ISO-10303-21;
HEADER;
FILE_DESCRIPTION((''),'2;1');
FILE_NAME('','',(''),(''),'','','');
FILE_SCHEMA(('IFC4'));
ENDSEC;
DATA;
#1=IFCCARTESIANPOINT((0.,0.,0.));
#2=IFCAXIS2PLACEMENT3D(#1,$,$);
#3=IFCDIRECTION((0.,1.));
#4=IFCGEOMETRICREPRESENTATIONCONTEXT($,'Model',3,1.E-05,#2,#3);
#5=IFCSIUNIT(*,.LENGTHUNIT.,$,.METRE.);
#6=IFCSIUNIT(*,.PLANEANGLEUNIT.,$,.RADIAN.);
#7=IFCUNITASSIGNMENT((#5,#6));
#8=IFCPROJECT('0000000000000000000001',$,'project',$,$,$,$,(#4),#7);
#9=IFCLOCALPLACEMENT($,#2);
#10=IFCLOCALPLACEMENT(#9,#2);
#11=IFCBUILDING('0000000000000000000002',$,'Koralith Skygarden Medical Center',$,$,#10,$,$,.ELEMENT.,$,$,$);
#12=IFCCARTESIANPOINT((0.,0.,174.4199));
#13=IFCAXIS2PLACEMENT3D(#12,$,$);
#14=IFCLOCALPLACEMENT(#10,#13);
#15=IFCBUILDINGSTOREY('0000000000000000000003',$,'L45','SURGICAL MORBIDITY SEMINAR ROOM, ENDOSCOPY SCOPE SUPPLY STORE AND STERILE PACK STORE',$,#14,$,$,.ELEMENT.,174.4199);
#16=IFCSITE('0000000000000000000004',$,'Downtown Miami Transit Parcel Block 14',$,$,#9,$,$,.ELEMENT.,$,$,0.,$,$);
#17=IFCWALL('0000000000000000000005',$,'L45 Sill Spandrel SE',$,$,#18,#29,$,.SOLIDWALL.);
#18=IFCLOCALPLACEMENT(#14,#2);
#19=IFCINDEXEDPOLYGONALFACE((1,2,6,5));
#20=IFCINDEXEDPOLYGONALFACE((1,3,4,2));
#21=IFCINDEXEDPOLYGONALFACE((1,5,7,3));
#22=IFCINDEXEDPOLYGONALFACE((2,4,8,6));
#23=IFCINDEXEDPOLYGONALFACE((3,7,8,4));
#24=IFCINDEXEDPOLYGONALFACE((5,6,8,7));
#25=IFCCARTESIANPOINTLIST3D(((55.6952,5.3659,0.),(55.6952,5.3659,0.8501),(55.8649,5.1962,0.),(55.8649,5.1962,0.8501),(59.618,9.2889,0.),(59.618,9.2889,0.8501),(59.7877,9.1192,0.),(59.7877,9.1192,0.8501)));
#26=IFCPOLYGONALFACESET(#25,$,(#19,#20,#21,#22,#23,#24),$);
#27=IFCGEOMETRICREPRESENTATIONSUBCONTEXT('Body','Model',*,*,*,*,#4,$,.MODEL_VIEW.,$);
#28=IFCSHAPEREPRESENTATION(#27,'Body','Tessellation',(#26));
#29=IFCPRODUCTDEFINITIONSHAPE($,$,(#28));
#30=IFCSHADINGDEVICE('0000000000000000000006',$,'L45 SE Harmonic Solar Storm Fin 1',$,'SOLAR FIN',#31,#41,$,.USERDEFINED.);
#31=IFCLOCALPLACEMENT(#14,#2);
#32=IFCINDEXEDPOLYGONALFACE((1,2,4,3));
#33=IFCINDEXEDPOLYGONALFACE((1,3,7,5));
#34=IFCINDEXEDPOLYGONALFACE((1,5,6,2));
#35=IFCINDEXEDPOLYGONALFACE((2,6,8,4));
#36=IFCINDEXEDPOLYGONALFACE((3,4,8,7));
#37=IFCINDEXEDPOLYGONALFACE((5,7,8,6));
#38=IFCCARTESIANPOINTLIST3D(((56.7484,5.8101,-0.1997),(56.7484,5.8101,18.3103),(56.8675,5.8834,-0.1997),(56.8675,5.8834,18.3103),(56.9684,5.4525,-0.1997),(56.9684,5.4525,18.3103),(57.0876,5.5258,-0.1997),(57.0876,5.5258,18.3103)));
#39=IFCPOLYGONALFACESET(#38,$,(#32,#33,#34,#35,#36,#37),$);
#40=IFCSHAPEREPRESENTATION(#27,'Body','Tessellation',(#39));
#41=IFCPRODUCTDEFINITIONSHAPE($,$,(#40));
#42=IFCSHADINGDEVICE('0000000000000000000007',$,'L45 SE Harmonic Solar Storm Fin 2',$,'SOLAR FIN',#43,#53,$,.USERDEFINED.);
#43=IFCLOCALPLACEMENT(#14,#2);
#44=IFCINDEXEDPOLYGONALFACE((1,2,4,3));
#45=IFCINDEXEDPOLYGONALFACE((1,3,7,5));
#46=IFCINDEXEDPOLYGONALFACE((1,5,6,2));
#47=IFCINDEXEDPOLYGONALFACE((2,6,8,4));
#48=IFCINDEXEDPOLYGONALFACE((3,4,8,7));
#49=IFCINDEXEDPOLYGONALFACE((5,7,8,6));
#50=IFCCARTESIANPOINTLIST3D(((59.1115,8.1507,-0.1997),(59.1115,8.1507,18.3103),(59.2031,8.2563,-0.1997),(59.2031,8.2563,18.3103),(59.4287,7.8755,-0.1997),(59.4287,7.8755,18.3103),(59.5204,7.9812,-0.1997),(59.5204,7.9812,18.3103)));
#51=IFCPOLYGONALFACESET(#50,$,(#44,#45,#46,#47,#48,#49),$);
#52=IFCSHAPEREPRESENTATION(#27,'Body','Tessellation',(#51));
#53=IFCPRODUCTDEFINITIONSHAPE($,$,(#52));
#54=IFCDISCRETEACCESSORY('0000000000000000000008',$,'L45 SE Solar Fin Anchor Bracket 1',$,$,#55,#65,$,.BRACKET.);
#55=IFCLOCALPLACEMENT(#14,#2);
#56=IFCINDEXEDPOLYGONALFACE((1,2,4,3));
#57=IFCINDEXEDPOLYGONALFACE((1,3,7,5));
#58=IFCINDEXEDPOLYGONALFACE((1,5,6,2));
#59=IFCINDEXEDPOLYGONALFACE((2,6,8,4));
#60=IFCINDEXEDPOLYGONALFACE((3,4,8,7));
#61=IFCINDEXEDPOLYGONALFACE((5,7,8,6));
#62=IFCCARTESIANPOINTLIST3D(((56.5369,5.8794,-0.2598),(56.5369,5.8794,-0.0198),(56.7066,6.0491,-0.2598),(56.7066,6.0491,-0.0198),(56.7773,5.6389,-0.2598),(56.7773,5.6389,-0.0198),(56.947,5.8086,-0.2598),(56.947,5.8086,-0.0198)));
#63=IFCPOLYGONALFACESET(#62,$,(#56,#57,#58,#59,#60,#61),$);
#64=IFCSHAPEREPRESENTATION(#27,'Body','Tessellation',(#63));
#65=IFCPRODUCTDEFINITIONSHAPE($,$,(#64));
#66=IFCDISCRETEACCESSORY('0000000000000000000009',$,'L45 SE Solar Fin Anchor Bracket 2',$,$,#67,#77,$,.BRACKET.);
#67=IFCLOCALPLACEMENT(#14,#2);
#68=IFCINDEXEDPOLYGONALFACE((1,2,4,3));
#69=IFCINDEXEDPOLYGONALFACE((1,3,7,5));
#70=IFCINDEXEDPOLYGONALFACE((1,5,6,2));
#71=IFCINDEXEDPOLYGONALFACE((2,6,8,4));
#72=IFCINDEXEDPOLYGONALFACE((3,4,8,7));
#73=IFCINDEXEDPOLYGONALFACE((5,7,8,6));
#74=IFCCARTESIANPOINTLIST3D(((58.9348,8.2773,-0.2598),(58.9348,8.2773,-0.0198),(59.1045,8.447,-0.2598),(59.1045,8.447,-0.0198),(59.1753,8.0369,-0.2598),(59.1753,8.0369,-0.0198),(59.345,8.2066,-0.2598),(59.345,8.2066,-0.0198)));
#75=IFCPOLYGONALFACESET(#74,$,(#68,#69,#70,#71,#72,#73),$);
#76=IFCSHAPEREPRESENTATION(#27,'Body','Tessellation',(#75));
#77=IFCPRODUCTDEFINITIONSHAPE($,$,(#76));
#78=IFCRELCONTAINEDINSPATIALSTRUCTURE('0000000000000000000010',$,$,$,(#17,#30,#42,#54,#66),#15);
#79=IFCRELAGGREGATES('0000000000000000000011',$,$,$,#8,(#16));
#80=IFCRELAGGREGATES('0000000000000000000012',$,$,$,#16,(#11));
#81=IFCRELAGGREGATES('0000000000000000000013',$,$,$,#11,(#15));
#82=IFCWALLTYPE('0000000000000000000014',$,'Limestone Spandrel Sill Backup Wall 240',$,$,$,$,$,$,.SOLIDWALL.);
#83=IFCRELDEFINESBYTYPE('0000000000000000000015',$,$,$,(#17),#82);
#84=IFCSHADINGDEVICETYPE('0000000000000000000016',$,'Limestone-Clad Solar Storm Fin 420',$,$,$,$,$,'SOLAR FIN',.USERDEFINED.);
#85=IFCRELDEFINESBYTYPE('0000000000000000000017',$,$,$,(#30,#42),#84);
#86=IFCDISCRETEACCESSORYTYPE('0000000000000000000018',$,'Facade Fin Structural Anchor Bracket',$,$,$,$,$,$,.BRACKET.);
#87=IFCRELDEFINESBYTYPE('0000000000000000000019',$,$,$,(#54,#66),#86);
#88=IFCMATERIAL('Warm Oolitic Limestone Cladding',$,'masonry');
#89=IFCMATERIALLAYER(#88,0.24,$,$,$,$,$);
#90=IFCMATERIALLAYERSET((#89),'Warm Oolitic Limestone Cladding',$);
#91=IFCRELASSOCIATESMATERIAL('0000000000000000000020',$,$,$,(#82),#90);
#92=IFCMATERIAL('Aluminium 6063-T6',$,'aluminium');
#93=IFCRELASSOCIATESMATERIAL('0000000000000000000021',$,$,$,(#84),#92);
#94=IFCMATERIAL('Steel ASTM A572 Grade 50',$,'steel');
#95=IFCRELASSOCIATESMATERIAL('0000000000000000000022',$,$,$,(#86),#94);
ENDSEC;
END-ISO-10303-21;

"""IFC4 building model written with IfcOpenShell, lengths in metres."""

from ifc_helpers import new_model, si_unit, direction, frame, frame_2d, origin, origin_2d, place, context, subcontext, project, spatial, rectangle, extrude, material, layer, layer_set, type_object, element, save


model = new_model("IFC4")

# Units and contexts
model_context = context("Model", 3, precision=1e-05, world=origin(), true_north=direction((0.0, 1.0)))
body_context = subcontext(model_context, "Body", "Model", "MODEL_VIEW")
ifc_project = project(units=[si_unit("LENGTHUNIT", "METRE"), si_unit("PLANEANGLEUNIT", "RADIAN")], contexts=[model_context])

# Site, building, storey
site_placement = place(None, origin())
site = spatial("IfcSite", under=ifc_project, at=site_placement, Name="Downtown Miami Transit Parcel Block 14", CompositionType="ELEMENT", RefElevation=0.0)
building_placement = place(site_placement, origin())
building = spatial("IfcBuilding", under=site, at=building_placement, Name="Koralith Skygarden Medical Center", CompositionType="ELEMENT")
storey_placement = place(building_placement, frame((0.0, 0.0, 174.4199)))
storey = spatial("IfcBuildingStorey", under=building, at=storey_placement, Name="L45", Description="SURGICAL MORBIDITY SEMINAR ROOM, ENDOSCOPY SCOPE SUPPLY STORE AND STERILE PACK STORE", CompositionType="ELEMENT", Elevation=174.4199)

# Shared definitions
ifc_material_1 = material(Name="Aluminium 6063-T6", Category="aluminium")

# Shared definitions
ifc_material_2 = material(Name="Warm Oolitic Limestone Cladding", Category="masonry")

# Wall
ifc_layer_1 = layer(ifc_material_2, 0.24)
ifc_layer_set_1 = layer_set([ifc_layer_1], Name="Warm Oolitic Limestone Cladding")
wall_type = type_object("IfcWallType", Name="Limestone Spandrel Sill Backup Wall 240", PredefinedType="SOLIDWALL", material=ifc_layer_set_1)
wall_placement = place(storey_placement, frame((55.78, 5.281, 0.0), z_axis=(0.0, 0.0, 1.0), x_axis=(0.707085, 0.707129, 0.0)))
element("IfcWall", 1, at=wall_placement, inside=storey, type_object=wall_type, Name="L45 Sill Spandrel SE", PredefinedType="SOLIDWALL", context=body_context, shape_type="SweptSolid", body=[
    extrude(rectangle(XDim=5.5479, YDim=0.24, at=frame_2d((2.7739, 0.0))), origin(), (0.0, 0.0, 1.0), 0.8501),
])

# Shading devices
shading_device_type = type_object("IfcShadingDeviceType", Name="Limestone-Clad Solar Storm Fin 420", ElementType="SOLAR FIN", PredefinedType="USERDEFINED", material=ifc_material_1)
for number, where, z_axis, x_axis, name in (
    (2, (56.918, 5.668, -0.1997), (0.0, 0.0, 1.0), (0.524075, -0.851672, 0.0), "L45 SE Harmonic Solar Storm Fin 1"),
    (3, (59.3159, 8.0659, -0.1997), (0.0, 0.0, 1.0), (0.75543, -0.655229, 0.0), "L45 SE Harmonic Solar Storm Fin 2"),
):
    element("IfcShadingDevice", number, at=place(storey_placement, frame(where, z_axis=z_axis, x_axis=x_axis)), inside=storey, type_object=shading_device_type, Name=name, ObjectType="SOLAR FIN", PredefinedType="USERDEFINED", context=body_context, shape_type="SweptSolid", body=[
        extrude(rectangle(XDim=0.4199, YDim=0.1399, at=origin_2d()), origin(), (0.0, 0.0, 1.0), 18.51),
    ])

# Discrete accessories
ifc_material_3 = material(Name="Steel ASTM A572 Grade 50", Category="steel")
discrete_accessory_type = type_object("IfcDiscreteAccessoryType", Name="Facade Fin Structural Anchor Bracket", PredefinedType="BRACKET", material=ifc_material_3)
for number, where, z_axis, x_axis, name in (
    (4, (56.7419, 5.844, -0.2598), (0.0, 0.0, 1.0), (0.707107, -0.707107, 0.0), "L45 SE Solar Fin Anchor Bracket 1"),
    (5, (59.1399, 8.2419, -0.2598), (0.0, 0.0, 1.0), (0.707107, -0.707107, 0.0), "L45 SE Solar Fin Anchor Bracket 2"),
):
    element("IfcDiscreteAccessory", number, at=place(storey_placement, frame(where, z_axis=z_axis, x_axis=x_axis)), inside=storey, type_object=discrete_accessory_type, Name=name, PredefinedType="BRACKET", context=body_context, shape_type="SweptSolid", body=[
        extrude(rectangle(XDim=0.3401, YDim=0.24, at=origin_2d()), origin(), (0.0, 0.0, 1.0), 0.24),
    ])

save(model, "model.ifc")
